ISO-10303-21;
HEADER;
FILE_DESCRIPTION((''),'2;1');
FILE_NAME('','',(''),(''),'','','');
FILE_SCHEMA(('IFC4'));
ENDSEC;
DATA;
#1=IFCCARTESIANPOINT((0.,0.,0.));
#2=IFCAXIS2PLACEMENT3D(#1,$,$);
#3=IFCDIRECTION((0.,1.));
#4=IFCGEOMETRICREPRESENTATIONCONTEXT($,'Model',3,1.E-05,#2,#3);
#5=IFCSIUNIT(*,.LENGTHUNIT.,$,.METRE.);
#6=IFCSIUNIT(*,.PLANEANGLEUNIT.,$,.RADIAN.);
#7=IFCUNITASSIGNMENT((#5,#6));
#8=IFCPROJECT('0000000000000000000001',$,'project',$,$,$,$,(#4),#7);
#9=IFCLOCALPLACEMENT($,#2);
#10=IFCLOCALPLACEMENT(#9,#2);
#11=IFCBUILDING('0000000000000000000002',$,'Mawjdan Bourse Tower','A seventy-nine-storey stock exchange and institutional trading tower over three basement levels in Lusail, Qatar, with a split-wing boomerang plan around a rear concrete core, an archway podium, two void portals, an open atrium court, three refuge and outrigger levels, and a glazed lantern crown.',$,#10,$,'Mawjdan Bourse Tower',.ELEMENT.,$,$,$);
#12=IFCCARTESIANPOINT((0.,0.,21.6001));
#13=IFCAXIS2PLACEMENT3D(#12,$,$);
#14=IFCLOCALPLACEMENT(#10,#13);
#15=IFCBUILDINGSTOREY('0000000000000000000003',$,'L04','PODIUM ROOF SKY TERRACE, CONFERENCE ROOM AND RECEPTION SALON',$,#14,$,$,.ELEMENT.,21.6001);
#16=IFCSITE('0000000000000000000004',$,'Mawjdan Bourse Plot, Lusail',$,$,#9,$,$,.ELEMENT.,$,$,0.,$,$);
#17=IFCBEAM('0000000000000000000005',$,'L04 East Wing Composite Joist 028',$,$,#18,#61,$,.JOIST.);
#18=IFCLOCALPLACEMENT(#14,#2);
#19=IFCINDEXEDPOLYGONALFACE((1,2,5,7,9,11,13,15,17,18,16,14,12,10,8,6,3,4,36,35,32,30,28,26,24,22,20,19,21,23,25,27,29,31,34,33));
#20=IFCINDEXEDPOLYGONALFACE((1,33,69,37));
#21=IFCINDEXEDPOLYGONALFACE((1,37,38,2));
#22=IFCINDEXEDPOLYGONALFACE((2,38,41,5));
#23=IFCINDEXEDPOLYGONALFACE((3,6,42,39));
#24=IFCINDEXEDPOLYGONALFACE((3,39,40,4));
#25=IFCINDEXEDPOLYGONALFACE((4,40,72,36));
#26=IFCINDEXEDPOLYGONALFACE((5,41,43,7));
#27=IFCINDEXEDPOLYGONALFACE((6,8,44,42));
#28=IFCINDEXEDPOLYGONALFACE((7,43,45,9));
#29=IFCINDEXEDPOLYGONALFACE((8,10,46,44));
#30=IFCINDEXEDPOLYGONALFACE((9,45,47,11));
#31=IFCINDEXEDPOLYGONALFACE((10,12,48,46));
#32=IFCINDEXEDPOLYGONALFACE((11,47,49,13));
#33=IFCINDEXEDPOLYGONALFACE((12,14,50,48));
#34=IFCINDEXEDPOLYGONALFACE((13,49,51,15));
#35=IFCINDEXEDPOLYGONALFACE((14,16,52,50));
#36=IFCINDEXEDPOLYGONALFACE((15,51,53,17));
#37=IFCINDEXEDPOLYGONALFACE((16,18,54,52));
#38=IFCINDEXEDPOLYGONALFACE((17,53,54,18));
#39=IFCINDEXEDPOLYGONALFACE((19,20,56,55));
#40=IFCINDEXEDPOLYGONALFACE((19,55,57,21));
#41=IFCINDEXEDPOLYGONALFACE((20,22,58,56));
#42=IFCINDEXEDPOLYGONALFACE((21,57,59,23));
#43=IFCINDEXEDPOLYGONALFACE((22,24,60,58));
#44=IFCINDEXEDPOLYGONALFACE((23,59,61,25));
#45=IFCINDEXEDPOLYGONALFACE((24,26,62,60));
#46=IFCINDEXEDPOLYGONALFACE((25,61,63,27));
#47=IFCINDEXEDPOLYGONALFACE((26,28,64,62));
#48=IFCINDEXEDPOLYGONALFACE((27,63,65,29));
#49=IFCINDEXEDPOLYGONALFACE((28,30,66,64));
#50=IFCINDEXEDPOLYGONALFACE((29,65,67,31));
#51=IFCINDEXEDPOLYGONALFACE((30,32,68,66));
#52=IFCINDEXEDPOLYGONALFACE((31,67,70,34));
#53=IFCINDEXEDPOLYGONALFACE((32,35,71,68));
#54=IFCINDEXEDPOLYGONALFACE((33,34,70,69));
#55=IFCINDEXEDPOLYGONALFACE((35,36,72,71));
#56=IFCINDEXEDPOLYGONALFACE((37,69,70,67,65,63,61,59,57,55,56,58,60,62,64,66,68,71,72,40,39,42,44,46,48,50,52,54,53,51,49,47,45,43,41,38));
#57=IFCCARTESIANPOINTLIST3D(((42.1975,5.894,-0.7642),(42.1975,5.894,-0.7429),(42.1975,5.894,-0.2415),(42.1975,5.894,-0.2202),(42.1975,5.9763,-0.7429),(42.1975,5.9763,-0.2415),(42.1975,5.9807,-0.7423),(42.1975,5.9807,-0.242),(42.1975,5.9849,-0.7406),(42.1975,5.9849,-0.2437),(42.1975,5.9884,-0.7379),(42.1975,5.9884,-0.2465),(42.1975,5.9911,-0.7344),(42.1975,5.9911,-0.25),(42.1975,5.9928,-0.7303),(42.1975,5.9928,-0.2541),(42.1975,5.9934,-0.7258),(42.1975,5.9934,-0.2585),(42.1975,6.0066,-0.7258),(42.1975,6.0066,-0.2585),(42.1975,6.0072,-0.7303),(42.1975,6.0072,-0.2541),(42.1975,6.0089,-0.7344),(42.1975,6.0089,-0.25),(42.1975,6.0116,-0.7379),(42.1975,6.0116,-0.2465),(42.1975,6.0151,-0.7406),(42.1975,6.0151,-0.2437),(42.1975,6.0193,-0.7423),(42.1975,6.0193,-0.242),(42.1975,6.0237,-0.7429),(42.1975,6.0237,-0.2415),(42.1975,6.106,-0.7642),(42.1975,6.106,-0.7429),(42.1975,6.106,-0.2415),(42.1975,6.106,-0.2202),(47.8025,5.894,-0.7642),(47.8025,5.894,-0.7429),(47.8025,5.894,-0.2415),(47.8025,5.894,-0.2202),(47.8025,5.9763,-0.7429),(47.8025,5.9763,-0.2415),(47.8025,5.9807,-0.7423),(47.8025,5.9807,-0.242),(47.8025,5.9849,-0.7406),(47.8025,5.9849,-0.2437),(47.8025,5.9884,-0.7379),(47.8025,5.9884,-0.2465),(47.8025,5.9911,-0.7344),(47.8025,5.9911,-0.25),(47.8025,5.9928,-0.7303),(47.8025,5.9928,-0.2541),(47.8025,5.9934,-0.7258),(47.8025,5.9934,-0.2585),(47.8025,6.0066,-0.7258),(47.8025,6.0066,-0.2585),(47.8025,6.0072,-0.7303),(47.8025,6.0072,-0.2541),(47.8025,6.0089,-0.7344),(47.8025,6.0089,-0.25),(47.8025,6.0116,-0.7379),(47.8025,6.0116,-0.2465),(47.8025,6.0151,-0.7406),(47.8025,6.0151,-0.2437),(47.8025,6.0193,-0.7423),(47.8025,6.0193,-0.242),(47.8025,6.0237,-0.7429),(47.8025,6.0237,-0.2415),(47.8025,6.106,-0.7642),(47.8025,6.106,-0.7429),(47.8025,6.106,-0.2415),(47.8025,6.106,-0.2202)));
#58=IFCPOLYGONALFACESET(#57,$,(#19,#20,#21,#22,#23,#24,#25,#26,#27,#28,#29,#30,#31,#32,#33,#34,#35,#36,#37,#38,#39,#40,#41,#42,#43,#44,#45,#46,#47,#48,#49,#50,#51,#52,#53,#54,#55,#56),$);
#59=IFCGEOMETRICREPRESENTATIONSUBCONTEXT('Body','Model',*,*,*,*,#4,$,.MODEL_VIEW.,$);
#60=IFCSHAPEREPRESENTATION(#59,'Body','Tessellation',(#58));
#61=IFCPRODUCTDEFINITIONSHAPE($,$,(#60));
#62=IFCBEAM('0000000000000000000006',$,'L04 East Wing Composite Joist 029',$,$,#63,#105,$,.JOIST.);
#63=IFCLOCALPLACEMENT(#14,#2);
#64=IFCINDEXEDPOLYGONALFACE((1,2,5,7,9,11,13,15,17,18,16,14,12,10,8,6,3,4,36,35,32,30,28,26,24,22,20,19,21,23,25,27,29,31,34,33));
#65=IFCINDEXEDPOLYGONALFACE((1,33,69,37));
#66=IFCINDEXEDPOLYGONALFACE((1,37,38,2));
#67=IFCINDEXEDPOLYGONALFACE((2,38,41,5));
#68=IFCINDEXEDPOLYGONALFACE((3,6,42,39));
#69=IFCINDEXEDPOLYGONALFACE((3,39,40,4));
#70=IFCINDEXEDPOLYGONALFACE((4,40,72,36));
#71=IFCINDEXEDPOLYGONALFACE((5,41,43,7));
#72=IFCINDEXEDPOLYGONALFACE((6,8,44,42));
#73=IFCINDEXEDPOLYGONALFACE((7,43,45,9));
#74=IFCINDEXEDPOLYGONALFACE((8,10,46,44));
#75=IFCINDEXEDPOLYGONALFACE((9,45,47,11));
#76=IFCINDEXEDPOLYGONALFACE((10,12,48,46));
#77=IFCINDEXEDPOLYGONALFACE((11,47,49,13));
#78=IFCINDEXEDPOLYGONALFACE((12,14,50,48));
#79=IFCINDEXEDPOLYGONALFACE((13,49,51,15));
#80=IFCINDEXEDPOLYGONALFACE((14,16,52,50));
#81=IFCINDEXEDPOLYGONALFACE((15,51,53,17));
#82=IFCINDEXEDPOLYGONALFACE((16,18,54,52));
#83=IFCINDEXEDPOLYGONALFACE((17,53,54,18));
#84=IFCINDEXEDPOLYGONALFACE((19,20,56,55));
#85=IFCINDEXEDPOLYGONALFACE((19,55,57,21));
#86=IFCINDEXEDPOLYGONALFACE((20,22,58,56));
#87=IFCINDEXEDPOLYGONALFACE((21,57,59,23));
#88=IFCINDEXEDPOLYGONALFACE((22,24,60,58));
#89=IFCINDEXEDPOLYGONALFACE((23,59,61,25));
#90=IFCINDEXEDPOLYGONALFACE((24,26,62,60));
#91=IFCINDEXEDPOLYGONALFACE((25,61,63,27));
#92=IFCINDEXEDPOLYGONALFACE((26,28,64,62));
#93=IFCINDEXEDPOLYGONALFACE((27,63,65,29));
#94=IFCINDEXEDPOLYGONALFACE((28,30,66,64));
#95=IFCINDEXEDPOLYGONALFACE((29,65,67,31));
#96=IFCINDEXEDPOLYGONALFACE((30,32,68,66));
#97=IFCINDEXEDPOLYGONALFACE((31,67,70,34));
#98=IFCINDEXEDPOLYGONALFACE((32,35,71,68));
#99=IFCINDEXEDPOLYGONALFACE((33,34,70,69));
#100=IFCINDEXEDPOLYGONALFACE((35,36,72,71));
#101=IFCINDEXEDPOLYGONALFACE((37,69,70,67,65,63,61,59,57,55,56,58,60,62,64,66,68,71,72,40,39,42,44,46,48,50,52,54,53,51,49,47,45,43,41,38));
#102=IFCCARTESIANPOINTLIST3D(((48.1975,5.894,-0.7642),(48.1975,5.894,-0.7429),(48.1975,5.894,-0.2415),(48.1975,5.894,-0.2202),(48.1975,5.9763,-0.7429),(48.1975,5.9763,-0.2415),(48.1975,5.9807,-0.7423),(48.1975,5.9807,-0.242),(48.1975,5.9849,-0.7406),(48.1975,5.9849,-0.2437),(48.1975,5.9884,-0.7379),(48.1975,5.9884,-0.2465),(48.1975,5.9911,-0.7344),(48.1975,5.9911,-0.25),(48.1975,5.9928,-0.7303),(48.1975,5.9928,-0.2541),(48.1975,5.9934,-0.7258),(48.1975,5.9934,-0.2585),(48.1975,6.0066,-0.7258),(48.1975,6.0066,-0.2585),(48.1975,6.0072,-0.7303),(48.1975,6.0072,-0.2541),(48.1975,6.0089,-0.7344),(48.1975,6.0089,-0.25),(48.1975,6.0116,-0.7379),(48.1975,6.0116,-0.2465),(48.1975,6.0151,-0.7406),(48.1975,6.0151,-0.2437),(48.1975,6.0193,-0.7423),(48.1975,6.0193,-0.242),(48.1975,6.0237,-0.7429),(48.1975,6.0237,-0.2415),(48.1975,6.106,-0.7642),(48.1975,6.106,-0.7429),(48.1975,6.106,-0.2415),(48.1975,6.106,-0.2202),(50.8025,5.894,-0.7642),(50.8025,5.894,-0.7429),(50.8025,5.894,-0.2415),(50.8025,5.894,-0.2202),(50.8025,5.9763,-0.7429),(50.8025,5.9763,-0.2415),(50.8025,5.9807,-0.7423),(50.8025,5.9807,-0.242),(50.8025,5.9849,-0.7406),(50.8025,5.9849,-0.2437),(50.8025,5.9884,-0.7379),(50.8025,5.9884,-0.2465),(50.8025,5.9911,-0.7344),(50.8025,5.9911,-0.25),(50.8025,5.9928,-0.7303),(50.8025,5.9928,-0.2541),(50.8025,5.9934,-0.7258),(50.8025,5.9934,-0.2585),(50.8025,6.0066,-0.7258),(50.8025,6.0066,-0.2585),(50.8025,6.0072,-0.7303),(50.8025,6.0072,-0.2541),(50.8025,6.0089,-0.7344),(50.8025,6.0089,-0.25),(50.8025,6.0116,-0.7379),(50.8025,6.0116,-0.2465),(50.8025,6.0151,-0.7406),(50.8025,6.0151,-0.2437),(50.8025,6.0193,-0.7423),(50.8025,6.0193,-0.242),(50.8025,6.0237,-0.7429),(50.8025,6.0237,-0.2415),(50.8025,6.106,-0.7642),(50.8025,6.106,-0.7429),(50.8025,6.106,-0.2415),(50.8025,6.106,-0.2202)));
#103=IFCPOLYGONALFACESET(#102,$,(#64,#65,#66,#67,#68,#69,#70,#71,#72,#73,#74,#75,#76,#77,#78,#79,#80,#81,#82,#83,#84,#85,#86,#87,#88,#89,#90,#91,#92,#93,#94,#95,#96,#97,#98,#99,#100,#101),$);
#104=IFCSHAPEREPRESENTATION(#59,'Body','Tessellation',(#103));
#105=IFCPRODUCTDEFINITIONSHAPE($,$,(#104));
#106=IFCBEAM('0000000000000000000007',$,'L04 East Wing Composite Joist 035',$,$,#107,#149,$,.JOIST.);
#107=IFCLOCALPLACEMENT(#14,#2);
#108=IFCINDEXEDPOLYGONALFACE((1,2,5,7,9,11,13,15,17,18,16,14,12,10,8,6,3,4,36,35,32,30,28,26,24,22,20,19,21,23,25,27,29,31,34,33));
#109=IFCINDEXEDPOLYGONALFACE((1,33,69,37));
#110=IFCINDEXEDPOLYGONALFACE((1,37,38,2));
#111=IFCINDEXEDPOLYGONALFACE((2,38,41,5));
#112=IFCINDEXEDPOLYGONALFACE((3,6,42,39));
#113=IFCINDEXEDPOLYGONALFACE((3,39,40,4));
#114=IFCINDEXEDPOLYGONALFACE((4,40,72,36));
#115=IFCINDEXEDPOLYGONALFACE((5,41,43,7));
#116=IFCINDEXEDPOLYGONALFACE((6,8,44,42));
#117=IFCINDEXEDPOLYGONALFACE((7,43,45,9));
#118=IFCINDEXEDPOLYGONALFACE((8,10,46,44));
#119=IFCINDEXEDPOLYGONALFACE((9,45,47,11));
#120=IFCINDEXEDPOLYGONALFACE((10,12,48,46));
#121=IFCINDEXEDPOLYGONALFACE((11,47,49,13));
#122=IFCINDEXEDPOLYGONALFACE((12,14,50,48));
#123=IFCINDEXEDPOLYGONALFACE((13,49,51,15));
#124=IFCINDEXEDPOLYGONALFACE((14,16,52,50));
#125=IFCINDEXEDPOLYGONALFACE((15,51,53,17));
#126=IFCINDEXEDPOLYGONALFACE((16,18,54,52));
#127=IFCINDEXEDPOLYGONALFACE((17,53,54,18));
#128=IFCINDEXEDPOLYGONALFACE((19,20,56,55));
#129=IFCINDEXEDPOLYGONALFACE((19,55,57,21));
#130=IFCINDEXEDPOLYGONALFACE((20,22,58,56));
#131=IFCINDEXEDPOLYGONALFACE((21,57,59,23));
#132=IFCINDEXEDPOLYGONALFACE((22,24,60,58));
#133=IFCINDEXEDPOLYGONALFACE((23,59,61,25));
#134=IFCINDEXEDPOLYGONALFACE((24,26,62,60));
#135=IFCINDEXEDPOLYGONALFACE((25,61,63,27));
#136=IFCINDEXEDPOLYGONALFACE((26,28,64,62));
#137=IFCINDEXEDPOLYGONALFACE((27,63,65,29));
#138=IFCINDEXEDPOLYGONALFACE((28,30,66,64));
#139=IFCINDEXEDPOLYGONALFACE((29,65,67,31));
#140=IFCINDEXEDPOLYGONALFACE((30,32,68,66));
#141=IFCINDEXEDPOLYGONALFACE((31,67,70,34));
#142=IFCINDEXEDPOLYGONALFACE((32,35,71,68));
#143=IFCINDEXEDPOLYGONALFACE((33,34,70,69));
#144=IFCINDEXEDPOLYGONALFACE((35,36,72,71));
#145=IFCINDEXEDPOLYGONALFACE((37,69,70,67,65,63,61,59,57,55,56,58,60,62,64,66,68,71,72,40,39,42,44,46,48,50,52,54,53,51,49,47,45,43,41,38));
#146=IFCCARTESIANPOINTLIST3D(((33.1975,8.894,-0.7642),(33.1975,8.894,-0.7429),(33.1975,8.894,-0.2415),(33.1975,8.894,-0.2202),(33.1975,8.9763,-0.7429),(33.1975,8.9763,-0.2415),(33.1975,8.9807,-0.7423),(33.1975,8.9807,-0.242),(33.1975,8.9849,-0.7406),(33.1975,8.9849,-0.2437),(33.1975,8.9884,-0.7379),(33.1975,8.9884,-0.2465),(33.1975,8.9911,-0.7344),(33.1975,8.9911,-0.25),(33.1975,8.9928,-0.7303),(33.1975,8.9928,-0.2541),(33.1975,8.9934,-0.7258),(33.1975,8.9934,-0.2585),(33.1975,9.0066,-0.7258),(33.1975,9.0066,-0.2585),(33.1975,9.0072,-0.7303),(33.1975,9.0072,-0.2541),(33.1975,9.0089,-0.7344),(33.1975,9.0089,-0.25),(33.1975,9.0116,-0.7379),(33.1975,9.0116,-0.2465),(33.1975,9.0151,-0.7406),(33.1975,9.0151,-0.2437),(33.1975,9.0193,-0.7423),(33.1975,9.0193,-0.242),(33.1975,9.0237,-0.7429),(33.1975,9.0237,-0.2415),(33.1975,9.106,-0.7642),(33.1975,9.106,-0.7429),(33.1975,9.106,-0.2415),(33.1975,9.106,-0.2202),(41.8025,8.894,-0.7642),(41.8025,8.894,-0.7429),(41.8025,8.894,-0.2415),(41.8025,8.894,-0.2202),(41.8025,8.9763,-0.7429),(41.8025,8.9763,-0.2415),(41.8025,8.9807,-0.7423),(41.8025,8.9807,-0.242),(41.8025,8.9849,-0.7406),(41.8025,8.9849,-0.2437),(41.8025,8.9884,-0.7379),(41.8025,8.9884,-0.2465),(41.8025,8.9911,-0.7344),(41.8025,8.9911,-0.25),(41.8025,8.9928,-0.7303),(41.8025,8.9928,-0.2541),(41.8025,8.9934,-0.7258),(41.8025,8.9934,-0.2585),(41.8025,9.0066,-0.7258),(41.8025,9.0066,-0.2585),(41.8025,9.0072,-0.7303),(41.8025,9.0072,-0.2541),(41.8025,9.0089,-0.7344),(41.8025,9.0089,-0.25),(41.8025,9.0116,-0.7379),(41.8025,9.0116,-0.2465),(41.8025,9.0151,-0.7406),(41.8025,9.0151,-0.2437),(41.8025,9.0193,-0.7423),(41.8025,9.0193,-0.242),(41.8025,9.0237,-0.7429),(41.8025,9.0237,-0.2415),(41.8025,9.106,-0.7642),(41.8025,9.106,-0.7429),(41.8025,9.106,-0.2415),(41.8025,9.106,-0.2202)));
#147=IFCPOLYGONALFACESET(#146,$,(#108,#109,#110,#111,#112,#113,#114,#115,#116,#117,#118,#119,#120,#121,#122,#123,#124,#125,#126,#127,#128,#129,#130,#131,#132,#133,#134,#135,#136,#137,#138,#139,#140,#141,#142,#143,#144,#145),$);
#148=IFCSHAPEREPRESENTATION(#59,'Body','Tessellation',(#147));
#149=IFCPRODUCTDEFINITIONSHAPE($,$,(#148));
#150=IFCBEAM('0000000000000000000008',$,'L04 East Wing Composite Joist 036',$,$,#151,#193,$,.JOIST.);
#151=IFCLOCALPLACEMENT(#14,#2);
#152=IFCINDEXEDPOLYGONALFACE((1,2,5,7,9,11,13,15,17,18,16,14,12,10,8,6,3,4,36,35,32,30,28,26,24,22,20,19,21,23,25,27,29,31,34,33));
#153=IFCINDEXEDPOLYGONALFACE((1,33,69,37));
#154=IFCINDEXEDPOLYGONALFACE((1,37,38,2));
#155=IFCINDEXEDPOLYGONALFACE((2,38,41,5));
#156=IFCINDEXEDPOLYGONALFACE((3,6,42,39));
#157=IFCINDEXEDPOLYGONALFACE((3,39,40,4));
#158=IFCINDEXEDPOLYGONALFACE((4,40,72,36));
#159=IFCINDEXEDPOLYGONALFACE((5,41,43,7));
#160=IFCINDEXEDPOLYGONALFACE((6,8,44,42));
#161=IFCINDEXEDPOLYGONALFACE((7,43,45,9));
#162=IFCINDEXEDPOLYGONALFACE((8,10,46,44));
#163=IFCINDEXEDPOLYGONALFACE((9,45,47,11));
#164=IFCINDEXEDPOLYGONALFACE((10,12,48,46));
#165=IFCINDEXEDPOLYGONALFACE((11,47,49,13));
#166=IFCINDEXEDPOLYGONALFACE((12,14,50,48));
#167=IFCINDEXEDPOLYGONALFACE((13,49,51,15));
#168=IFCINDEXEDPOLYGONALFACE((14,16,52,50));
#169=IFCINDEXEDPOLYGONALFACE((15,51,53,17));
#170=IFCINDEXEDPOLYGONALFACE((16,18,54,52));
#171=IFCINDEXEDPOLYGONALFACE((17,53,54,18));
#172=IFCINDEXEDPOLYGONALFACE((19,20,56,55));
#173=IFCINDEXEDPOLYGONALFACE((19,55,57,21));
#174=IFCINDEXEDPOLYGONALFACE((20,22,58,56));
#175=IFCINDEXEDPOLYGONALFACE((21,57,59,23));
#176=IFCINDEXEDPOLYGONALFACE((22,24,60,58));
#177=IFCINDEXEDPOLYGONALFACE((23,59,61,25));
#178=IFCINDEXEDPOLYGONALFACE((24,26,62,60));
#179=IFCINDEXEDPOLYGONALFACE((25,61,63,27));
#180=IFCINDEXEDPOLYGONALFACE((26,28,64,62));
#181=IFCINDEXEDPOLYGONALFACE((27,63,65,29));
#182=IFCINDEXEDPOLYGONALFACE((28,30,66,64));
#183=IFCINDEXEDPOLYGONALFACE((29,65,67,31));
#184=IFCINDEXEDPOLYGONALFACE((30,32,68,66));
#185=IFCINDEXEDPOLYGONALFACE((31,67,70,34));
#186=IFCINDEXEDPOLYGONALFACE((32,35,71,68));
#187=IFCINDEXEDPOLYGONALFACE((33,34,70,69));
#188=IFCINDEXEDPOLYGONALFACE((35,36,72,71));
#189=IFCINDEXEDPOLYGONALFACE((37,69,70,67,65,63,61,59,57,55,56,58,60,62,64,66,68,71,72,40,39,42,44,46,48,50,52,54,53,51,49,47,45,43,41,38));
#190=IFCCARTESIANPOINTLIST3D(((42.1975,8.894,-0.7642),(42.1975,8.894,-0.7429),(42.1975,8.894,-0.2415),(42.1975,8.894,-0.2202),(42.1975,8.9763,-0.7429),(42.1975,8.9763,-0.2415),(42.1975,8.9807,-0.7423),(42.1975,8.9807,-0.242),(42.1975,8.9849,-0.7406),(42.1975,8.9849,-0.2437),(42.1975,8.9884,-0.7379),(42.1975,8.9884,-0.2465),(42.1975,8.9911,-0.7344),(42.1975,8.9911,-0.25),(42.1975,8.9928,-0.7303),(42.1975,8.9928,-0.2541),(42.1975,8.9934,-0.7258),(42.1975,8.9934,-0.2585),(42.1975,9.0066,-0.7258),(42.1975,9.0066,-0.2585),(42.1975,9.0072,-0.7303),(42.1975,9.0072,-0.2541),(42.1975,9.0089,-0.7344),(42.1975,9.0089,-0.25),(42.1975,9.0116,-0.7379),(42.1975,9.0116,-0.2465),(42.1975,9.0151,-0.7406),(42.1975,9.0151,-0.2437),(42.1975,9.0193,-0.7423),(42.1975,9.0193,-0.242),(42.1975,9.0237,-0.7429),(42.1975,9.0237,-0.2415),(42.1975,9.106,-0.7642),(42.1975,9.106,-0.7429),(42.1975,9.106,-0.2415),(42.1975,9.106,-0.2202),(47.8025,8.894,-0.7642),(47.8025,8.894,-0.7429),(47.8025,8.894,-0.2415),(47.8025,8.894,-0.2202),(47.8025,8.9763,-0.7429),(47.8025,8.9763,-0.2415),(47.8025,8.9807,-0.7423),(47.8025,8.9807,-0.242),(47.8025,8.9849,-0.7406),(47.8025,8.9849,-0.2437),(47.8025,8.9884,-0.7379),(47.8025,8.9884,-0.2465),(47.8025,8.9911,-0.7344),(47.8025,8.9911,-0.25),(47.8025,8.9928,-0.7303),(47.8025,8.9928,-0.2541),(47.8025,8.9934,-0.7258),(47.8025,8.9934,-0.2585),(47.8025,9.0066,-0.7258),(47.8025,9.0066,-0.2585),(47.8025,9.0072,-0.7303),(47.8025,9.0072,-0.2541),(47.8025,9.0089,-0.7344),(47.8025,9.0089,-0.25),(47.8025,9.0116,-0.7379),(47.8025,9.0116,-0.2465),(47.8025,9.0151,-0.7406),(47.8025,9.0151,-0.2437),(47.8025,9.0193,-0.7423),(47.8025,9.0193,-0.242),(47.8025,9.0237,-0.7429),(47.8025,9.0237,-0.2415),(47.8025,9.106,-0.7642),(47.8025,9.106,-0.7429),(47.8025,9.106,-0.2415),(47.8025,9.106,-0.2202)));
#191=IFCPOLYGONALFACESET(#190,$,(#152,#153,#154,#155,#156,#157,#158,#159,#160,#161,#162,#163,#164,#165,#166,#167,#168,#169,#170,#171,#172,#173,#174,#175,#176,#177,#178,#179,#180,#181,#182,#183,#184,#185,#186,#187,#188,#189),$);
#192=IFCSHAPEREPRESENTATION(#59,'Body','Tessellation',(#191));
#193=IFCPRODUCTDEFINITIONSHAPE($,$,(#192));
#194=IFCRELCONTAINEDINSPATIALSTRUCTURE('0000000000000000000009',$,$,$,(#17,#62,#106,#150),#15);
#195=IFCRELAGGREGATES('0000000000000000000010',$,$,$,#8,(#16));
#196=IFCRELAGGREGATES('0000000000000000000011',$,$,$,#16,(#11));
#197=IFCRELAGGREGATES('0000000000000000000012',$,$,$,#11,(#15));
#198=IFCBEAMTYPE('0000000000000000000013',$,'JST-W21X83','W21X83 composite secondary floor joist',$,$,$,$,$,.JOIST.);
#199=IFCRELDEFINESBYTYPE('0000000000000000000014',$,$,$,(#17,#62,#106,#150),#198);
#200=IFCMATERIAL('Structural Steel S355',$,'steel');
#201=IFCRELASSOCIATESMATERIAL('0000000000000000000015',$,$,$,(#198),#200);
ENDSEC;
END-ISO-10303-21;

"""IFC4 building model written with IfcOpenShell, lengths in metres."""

from ifc_helpers import new_model, si_unit, direction, frame, origin, origin_2d, place, context, subcontext, project, spatial, i_section, extrude, material, material_profile, profile_set, type_object, element, save


model = new_model("IFC4")

# Units and contexts
model_context = context("Model", 3, precision=1e-05, world=origin(), true_north=direction((0.0, 1.0)))
body_context = subcontext(model_context, "Body", "Model", "MODEL_VIEW")
ifc_project = project(units=[si_unit("LENGTHUNIT", "METRE"), si_unit("PLANEANGLEUNIT", "RADIAN")], contexts=[model_context])

# Site, building, storey
site_placement = place(None, origin())
site = spatial("IfcSite", under=ifc_project, at=site_placement, Name="Mawjdan Bourse Plot, Lusail", CompositionType="ELEMENT", RefElevation=0.0)
building_placement = place(site_placement, origin())
building = spatial("IfcBuilding", under=site, at=building_placement, Name="Mawjdan Bourse Tower", Description="A seventy-nine-storey stock exchange and institutional trading tower over three basement levels in Lusail, Qatar, with a split-wing boomerang plan around a rear concrete core, an archway podium, two void portals, an open atrium court, three refuge and outrigger levels, and a glazed lantern crown.", LongName="Mawjdan Bourse Tower", CompositionType="ELEMENT")
storey_placement = place(building_placement, frame((0.0, 0.0, 21.6001)))
storey = spatial("IfcBuildingStorey", under=building, at=storey_placement, Name="L04", Description="PODIUM ROOF SKY TERRACE, CONFERENCE ROOM AND RECEPTION SALON", CompositionType="ELEMENT", Elevation=21.6001)

# Beams
ifc_material_1 = material(Name="Structural Steel S355", Category="steel")
ifc_material_profile_1 = material_profile(ifc_material_1, i_section(OverallWidth=0.2119, OverallDepth=0.5439, WebThickness=0.0132, FlangeThickness=0.0212, FilletRadius=0.0171, at=origin_2d()), Name="W21X83")
ifc_profile_set_1 = profile_set([ifc_material_profile_1], Name="Structural Steel S355")
beam_type_1 = type_object("IfcBeamType", Name="JST-W21X83", Description="W21X83 composite secondary floor joist", PredefinedType="JOIST", material=ifc_profile_set_1)
beam_1_placement = place(storey_placement, frame((42.1975, 6.0, -0.4922), z_axis=(1.0, 0.0, 0.0), x_axis=(0.0, 1.0, 0.0)))
element("IfcBeam", 1, at=beam_1_placement, inside=storey, type_object=beam_type_1, Name="L04 East Wing Composite Joist 028", PredefinedType="JOIST", context=body_context, shape_type="SweptSolid", body=[
    extrude(i_section(OverallWidth=0.2119, OverallDepth=0.5439, WebThickness=0.0132, FlangeThickness=0.0212, FilletRadius=0.0171, at=origin_2d()), origin(), (0.0, 0.0, 1.0), 5.605),
])
beam_2_placement = place(storey_placement, frame((48.1975, 6.0, -0.4922), z_axis=(1.0, 0.0, 0.0), x_axis=(0.0, 1.0, 0.0)))
element("IfcBeam", 2, at=beam_2_placement, inside=storey, type_object=beam_type_1, Name="L04 East Wing Composite Joist 029", PredefinedType="JOIST", context=body_context, shape_type="SweptSolid", body=[
    extrude(i_section(OverallWidth=0.2119, OverallDepth=0.5439, WebThickness=0.0132, FlangeThickness=0.0212, FilletRadius=0.0171, at=origin_2d()), origin(), (0.0, 0.0, 1.0), 2.605),
])
beam_3_placement = place(storey_placement, frame((33.1975, 9.0, -0.4922), z_axis=(1.0, 0.0, 0.0), x_axis=(0.0, 1.0, 0.0)))
element("IfcBeam", 3, at=beam_3_placement, inside=storey, type_object=beam_type_1, Name="L04 East Wing Composite Joist 035", PredefinedType="JOIST", context=body_context, shape_type="SweptSolid", body=[
    extrude(i_section(OverallWidth=0.2119, OverallDepth=0.5439, WebThickness=0.0132, FlangeThickness=0.0212, FilletRadius=0.0171, at=origin_2d()), origin(), (0.0, 0.0, 1.0), 8.605),
])
beam_4_placement = place(storey_placement, frame((42.1975, 9.0, -0.4922), z_axis=(1.0, 0.0, 0.0), x_axis=(0.0, 1.0, 0.0)))
element("IfcBeam", 4, at=beam_4_placement, inside=storey, type_object=beam_type_1, Name="L04 East Wing Composite Joist 036", PredefinedType="JOIST", context=body_context, shape_type="SweptSolid", body=[
    extrude(i_section(OverallWidth=0.2119, OverallDepth=0.5439, WebThickness=0.0132, FlangeThickness=0.0212, FilletRadius=0.0171, at=origin_2d()), origin(), (0.0, 0.0, 1.0), 5.605),
])

save(model, "model.ifc")
